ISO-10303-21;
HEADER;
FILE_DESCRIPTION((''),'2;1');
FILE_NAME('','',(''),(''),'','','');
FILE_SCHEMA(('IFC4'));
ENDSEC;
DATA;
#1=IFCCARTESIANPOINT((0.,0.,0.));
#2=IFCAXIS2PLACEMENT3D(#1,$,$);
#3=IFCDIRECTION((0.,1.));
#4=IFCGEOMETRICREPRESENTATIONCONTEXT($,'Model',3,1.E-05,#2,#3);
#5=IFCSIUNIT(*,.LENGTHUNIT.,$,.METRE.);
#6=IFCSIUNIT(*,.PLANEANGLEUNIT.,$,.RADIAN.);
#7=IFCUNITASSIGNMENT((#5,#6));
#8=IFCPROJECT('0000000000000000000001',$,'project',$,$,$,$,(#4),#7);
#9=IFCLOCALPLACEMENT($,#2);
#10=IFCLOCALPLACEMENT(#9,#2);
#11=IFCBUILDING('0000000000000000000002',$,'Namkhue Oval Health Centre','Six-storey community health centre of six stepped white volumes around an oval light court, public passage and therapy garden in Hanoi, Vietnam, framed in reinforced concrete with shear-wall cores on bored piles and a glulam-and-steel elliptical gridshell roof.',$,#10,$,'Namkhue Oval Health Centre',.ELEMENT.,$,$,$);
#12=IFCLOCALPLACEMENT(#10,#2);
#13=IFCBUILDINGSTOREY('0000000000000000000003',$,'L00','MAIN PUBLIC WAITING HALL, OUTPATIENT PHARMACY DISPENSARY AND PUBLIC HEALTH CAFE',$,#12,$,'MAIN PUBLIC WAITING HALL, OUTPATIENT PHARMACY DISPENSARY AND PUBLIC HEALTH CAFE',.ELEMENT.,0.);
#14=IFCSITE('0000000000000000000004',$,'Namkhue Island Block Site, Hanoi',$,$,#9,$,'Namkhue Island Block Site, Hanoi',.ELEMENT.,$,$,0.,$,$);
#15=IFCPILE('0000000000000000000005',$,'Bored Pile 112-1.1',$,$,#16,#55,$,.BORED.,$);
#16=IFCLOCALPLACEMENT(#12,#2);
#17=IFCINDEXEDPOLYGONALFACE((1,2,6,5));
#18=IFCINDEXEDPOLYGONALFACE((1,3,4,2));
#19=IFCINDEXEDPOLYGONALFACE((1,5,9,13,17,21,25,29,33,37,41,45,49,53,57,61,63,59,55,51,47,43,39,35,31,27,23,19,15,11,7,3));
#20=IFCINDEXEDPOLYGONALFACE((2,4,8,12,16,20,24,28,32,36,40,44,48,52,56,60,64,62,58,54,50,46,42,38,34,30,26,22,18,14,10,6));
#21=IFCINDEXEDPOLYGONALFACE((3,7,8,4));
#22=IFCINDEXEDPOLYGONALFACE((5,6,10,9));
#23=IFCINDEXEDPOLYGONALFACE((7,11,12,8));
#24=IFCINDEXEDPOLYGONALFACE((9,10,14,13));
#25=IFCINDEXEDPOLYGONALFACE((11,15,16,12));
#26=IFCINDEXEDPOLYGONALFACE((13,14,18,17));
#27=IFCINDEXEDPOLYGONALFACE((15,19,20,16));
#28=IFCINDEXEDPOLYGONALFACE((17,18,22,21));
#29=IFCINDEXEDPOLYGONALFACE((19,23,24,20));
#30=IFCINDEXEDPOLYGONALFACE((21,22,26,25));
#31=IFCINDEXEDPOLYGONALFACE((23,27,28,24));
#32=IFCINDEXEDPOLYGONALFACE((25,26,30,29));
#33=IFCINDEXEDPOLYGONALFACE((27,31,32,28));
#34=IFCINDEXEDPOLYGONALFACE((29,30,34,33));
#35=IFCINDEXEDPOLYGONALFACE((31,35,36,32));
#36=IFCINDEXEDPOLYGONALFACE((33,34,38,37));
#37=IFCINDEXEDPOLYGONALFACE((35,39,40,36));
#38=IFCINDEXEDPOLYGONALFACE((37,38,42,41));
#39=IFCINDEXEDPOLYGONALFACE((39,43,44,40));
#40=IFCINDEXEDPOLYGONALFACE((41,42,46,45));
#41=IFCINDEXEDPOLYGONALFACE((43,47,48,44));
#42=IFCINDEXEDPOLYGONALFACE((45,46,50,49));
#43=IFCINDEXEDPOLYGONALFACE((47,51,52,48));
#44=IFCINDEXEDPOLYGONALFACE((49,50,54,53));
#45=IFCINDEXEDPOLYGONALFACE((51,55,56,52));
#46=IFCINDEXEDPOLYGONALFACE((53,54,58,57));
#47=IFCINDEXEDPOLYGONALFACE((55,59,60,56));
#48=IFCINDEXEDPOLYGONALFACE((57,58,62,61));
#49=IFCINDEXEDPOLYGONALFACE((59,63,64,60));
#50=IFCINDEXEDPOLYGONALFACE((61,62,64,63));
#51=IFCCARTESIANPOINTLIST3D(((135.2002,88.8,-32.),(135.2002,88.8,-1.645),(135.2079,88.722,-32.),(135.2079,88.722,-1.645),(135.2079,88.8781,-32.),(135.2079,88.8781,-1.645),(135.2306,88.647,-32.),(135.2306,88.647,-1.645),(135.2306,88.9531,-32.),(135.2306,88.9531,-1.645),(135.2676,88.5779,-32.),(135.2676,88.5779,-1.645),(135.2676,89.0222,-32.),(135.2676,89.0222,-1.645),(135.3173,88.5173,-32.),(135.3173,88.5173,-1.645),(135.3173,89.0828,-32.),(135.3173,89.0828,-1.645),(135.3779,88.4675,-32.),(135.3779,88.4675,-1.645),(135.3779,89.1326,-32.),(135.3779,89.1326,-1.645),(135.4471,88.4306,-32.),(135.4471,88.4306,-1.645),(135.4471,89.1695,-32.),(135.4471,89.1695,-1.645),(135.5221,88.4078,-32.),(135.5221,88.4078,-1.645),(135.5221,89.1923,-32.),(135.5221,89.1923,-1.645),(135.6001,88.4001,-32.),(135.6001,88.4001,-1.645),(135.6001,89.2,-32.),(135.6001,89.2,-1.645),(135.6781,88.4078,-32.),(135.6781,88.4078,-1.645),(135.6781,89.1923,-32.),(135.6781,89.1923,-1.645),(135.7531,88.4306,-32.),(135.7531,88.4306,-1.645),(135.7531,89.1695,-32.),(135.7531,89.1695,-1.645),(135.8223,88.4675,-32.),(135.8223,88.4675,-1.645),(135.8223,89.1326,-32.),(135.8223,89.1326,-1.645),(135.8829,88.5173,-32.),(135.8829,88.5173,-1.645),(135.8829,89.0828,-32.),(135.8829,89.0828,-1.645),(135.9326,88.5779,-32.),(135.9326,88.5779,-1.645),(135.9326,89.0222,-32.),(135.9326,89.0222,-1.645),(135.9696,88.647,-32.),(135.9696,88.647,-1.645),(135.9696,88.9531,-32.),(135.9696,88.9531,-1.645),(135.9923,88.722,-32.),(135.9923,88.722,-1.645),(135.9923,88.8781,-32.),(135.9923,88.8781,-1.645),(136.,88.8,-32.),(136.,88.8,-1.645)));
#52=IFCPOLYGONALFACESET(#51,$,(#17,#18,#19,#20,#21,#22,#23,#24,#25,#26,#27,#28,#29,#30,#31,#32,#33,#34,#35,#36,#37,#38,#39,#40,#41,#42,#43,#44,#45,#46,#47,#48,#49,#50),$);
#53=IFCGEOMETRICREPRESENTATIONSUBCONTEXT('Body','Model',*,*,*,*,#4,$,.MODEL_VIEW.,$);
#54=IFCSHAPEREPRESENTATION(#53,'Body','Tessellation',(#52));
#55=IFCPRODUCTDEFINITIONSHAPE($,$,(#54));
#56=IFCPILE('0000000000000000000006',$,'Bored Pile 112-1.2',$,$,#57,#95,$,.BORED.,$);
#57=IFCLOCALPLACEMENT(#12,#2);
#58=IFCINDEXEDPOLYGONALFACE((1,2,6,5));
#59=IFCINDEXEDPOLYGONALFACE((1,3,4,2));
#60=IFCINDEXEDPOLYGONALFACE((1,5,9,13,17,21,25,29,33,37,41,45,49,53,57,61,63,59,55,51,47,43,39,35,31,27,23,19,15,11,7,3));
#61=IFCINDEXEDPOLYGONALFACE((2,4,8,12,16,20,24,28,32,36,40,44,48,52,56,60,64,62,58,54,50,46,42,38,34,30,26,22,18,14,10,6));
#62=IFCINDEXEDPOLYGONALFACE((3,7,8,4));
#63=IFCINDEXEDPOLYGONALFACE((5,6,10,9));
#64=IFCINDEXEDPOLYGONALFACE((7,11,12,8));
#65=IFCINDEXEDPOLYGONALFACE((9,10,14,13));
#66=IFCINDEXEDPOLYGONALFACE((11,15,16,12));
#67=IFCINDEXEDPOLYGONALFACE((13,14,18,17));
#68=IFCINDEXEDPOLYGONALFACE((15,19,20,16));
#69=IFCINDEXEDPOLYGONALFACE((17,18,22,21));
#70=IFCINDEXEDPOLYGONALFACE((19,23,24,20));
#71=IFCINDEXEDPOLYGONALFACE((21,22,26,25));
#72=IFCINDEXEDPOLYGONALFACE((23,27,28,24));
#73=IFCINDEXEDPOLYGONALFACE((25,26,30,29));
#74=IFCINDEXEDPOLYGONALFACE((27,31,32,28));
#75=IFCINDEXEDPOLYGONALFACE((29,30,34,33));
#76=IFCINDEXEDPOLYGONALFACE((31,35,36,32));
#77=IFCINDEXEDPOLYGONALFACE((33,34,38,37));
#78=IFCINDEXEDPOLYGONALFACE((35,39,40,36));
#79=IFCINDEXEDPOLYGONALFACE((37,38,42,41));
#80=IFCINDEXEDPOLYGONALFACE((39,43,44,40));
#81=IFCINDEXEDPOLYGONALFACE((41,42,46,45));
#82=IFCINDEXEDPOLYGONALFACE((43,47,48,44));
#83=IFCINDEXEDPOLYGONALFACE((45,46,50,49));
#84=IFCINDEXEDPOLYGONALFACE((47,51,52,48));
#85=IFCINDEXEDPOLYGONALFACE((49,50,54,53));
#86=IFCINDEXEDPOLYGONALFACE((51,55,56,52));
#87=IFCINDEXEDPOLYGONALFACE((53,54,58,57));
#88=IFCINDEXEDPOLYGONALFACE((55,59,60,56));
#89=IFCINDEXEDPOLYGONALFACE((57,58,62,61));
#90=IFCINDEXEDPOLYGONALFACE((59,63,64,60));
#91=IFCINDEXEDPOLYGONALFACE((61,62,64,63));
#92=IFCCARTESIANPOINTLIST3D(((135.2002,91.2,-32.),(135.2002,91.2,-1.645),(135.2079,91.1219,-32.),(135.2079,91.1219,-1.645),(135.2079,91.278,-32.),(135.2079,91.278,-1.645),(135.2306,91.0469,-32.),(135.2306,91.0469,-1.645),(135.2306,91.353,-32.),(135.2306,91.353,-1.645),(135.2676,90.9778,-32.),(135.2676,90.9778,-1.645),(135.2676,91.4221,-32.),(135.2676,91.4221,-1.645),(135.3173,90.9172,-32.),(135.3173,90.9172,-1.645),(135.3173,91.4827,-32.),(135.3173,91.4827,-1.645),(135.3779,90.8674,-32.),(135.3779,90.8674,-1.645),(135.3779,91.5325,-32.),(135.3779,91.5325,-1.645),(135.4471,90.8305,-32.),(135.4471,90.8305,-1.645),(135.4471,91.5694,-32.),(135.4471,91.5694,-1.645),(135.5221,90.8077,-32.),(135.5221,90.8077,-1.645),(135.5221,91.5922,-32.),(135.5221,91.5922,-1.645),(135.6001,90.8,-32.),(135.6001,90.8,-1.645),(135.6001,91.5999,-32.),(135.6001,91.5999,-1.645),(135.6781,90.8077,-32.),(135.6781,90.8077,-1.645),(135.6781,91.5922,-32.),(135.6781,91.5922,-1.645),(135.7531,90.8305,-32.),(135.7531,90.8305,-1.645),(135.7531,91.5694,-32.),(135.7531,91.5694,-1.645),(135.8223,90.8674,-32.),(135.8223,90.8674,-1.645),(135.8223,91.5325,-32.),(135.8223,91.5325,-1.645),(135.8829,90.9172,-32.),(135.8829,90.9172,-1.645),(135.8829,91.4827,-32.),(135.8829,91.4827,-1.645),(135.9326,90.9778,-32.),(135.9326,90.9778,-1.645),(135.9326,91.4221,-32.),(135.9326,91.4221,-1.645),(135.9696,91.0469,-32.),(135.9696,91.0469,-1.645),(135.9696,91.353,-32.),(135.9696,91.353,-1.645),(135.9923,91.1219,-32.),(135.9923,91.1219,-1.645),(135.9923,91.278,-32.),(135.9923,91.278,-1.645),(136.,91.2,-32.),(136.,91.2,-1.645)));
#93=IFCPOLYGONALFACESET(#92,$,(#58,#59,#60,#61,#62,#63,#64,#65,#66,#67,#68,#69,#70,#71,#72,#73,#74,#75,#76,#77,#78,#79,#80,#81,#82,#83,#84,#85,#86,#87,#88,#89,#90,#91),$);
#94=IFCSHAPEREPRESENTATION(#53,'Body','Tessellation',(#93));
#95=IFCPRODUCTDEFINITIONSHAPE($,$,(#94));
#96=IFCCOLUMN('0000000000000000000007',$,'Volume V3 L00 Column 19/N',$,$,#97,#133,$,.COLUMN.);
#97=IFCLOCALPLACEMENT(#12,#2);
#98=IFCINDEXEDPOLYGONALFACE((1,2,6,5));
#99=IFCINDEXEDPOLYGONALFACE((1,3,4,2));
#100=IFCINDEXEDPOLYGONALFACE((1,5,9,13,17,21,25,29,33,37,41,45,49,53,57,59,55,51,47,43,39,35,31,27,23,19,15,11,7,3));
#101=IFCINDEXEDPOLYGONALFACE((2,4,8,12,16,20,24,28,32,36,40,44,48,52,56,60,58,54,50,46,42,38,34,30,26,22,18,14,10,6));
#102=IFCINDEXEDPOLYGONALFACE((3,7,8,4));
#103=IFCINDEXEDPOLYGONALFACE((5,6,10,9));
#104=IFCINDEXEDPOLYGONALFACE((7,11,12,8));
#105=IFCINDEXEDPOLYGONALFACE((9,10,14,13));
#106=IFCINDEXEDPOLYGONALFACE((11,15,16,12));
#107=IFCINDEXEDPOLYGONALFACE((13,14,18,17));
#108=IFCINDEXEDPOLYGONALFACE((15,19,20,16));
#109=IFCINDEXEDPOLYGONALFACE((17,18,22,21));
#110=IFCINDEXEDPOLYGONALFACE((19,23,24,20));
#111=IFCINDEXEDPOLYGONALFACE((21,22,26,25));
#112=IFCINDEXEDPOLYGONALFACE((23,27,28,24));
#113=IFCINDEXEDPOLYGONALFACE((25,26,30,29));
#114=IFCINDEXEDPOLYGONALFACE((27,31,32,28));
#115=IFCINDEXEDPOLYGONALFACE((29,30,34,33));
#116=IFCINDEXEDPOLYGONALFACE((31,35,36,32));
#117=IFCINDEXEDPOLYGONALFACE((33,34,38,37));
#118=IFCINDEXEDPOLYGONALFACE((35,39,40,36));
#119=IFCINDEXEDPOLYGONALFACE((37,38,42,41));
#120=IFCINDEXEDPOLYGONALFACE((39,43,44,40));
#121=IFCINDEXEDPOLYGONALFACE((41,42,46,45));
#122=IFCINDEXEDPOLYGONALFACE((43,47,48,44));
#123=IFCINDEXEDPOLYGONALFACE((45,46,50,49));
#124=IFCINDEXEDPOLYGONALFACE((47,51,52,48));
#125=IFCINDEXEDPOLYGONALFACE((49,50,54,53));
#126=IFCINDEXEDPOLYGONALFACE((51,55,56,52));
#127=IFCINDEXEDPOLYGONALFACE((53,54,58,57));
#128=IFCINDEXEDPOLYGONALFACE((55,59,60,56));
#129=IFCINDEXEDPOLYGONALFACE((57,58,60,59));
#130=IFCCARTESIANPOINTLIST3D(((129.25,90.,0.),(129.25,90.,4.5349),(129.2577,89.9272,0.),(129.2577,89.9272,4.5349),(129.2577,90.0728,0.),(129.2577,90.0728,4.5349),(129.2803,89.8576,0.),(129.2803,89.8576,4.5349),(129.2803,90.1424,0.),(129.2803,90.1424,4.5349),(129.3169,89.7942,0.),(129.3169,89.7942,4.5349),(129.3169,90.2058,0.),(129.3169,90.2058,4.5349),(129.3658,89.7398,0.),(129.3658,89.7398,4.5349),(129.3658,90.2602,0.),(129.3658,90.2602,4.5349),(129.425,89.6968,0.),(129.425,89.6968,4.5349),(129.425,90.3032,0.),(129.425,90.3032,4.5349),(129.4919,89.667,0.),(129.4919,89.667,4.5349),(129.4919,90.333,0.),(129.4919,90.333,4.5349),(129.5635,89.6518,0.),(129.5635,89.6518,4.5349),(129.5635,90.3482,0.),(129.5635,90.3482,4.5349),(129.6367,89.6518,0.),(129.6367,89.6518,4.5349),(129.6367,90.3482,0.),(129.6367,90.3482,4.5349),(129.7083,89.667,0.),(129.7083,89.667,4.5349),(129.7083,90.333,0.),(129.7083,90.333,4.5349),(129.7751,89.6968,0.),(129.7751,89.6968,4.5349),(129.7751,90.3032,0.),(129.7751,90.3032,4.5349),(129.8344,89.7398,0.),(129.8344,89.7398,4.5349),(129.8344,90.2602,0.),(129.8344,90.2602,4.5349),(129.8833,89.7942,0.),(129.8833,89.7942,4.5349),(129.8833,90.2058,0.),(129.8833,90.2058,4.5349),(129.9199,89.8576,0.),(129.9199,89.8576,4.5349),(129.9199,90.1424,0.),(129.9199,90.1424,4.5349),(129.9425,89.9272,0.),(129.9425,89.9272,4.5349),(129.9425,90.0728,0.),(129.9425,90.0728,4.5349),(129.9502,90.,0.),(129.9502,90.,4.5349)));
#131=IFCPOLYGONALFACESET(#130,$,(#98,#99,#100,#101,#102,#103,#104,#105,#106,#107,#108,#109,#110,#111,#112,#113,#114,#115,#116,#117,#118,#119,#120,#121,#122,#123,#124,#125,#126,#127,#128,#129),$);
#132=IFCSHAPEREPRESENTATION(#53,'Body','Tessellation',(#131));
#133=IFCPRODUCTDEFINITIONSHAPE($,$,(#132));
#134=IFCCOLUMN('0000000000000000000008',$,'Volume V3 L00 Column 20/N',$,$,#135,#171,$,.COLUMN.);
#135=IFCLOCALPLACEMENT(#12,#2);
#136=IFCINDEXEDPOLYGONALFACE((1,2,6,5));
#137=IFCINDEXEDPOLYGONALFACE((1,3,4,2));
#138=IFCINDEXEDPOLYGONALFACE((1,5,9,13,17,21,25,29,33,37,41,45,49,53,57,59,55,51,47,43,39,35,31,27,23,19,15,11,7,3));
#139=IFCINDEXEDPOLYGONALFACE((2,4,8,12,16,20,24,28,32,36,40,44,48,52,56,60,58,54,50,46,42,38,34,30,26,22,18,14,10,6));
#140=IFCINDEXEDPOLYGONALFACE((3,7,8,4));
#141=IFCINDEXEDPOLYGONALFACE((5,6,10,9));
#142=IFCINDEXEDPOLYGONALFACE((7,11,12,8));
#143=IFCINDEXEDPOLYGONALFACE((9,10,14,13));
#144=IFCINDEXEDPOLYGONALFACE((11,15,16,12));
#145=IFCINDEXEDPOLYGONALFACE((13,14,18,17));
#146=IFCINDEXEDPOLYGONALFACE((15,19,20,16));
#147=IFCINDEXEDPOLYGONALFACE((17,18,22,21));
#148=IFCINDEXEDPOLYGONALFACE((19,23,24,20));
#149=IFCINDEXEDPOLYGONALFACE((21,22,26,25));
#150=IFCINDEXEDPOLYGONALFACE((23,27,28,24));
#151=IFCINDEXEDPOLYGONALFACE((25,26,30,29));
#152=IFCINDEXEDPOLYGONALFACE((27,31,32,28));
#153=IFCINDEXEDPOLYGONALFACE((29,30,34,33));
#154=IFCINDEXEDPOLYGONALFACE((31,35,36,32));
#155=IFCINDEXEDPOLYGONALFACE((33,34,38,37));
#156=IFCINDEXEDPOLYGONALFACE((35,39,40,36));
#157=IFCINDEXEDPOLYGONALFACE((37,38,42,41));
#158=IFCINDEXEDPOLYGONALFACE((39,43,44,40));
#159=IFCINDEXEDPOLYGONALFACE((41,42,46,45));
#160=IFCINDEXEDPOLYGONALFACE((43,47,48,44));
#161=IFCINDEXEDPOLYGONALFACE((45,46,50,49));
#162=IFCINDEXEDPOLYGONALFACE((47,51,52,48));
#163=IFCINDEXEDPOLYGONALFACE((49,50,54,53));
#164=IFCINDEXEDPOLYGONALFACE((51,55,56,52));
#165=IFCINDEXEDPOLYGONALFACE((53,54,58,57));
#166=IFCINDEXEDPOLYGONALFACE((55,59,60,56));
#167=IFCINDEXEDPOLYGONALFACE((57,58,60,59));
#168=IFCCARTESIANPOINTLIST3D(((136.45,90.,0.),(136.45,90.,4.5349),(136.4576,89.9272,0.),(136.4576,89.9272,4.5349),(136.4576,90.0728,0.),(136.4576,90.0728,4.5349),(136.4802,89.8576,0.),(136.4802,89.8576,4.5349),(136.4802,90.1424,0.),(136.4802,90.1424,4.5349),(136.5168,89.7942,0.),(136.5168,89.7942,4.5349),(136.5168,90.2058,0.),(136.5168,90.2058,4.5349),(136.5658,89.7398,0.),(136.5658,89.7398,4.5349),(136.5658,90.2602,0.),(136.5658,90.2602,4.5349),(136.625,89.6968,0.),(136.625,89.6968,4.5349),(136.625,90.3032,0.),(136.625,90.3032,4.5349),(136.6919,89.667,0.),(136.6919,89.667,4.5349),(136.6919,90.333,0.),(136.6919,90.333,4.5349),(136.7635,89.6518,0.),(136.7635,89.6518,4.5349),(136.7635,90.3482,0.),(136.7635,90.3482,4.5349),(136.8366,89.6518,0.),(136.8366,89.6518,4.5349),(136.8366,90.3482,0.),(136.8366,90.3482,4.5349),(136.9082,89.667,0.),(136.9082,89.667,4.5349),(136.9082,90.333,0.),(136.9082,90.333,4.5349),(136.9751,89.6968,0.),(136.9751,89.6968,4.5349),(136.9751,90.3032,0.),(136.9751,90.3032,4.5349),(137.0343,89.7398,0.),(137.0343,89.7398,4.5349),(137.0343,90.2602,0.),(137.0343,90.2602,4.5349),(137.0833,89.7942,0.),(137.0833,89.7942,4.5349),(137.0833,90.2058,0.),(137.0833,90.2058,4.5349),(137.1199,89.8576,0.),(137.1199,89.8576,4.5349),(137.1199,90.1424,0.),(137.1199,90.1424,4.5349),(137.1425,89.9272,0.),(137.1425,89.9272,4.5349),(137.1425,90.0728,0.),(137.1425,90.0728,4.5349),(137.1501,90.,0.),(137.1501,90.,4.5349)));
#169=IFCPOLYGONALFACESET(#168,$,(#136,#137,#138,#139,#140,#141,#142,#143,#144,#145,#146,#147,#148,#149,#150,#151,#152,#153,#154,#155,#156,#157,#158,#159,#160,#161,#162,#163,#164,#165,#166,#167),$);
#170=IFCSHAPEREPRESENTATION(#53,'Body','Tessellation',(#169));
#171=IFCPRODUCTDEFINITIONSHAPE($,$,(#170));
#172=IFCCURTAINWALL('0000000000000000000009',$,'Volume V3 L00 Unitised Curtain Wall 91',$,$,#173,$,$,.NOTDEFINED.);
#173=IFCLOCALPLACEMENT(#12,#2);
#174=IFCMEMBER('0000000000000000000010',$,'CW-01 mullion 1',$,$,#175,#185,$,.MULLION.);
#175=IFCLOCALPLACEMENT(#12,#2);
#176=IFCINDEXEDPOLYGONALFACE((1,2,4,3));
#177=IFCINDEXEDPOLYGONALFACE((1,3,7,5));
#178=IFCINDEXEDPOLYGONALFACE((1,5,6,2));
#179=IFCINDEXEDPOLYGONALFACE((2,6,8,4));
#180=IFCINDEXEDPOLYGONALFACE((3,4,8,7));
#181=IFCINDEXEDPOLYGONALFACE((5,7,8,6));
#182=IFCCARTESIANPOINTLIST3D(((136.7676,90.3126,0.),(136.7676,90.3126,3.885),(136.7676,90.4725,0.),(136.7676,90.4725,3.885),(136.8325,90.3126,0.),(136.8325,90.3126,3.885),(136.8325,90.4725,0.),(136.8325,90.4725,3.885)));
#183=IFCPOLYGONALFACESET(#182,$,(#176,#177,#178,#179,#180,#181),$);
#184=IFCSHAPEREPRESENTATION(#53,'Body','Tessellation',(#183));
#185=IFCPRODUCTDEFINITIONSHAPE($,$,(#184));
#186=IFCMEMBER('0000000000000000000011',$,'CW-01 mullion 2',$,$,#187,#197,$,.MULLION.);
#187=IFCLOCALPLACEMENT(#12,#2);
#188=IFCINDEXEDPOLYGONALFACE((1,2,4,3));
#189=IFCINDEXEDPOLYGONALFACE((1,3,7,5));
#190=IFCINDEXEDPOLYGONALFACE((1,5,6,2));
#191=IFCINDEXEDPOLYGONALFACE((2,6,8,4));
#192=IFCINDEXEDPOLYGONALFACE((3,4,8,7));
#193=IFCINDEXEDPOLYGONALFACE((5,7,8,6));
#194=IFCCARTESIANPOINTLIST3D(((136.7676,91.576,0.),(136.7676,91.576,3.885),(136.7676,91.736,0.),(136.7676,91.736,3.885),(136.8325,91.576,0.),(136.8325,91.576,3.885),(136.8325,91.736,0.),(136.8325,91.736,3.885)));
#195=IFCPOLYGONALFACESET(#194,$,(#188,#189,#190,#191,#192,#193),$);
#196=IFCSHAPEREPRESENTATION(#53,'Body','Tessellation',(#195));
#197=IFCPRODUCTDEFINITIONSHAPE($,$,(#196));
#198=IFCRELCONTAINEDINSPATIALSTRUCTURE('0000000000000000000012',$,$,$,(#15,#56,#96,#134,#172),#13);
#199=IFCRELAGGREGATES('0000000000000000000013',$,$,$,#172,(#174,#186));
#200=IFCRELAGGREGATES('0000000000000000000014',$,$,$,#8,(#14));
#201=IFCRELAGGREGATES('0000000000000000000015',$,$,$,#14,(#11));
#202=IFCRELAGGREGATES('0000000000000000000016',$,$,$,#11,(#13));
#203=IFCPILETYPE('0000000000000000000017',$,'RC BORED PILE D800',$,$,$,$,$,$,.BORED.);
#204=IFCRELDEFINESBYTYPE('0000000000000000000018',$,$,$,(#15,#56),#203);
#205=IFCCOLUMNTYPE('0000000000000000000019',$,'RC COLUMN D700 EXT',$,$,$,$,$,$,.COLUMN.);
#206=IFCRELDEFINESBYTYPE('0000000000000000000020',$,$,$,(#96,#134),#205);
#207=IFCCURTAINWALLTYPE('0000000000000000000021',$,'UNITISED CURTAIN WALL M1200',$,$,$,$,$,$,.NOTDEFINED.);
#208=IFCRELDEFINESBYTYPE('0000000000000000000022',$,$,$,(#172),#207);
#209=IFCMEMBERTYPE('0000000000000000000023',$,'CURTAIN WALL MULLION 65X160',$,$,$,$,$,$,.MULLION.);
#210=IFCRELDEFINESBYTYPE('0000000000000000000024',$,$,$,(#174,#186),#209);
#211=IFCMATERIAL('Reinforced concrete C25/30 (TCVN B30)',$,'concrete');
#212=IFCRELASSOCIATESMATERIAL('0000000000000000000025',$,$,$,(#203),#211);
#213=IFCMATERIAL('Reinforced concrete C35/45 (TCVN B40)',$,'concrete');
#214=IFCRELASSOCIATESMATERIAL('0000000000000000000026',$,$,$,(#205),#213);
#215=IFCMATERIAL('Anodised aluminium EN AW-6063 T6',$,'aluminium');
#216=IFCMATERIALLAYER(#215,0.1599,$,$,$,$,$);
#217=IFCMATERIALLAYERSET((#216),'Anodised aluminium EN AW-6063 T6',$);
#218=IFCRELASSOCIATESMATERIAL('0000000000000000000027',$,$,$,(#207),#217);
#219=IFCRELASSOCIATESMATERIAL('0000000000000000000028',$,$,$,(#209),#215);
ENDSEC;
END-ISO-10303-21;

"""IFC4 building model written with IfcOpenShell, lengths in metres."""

from ifc_helpers import new_model, si_unit, direction, frame, origin, origin_2d, place, context, subcontext, project, spatial, rectangle, circle, extrude, material, layer, layer_set, material_profile, profile_set, type_object, element, aggregate, save


model = new_model("IFC4")

# Units and contexts
model_context = context("Model", 3, precision=1e-05, world=origin(), true_north=direction((0.0, 1.0)))
body_context = subcontext(model_context, "Body", "Model", "MODEL_VIEW")
ifc_project = project(units=[si_unit("LENGTHUNIT", "METRE"), si_unit("PLANEANGLEUNIT", "RADIAN")], contexts=[model_context])

# Site, building, storey
site_placement = place(None, origin())
site = spatial("IfcSite", under=ifc_project, at=site_placement, Name="Namkhue Island Block Site, Hanoi", LongName="Namkhue Island Block Site, Hanoi", CompositionType="ELEMENT", RefElevation=0.0)
building_placement = place(site_placement, origin())
building = spatial("IfcBuilding", under=site, at=building_placement, Name="Namkhue Oval Health Centre", Description="Six-storey community health centre of six stepped white volumes around an oval light court, public passage and therapy garden in Hanoi, Vietnam, framed in reinforced concrete with shear-wall cores on bored piles and a glulam-and-steel elliptical gridshell roof.", LongName="Namkhue Oval Health Centre", CompositionType="ELEMENT")
storey_placement = place(building_placement, origin())
storey = spatial("IfcBuildingStorey", under=building, at=storey_placement, Name="L00", Description="MAIN PUBLIC WAITING HALL, OUTPATIENT PHARMACY DISPENSARY AND PUBLIC HEALTH CAFE", LongName="MAIN PUBLIC WAITING HALL, OUTPATIENT PHARMACY DISPENSARY AND PUBLIC HEALTH CAFE", CompositionType="ELEMENT", Elevation=0.0)

# Piles
ifc_material_1 = material(Name="Reinforced concrete C25/30 (TCVN B30)", Category="concrete")
ifc_material_profile_1 = material_profile(ifc_material_1, circle(Radius=0.3999, at=origin_2d()), Name="BORED PILE D800")
ifc_profile_set_1 = profile_set([ifc_material_profile_1], Name="Reinforced concrete C25/30 (TCVN B30)")
pile_type_1 = type_object("IfcPileType", Name="RC BORED PILE D800", PredefinedType="BORED", material=ifc_profile_set_1)
for number, where, z_axis, x_axis, name in (
    (1, (135.6001, 88.8, -1.645), (0.0, 0.0, -1.0), (1.0, 0.0, 0.0), "Bored Pile 112-1.1"),
    (2, (135.6001, 91.2, -1.645), (0.0, 0.0, -1.0), (1.0, 0.0, 0.0), "Bored Pile 112-1.2"),
):
    element("IfcPile", number, at=place(storey_placement, frame(where, z_axis=z_axis, x_axis=x_axis)), inside=storey, type_object=pile_type_1, Name=name, PredefinedType="BORED", context=body_context, shape_type="SweptSolid", body=[
        extrude(circle(Radius=0.3999, at=origin_2d()), origin(), (0.0, 0.0, 1.0), 30.355),
    ])

# Columns
ifc_material_2 = material(Name="Reinforced concrete C35/45 (TCVN B40)", Category="concrete")
ifc_material_profile_2 = material_profile(ifc_material_2, circle(Radius=0.3501, at=origin_2d()), Name="RC D700")
ifc_profile_set_2 = profile_set([ifc_material_profile_2], Name="Reinforced concrete C35/45 (TCVN B40)")
column_type = type_object("IfcColumnType", Name="RC COLUMN D700 EXT", PredefinedType="COLUMN", material=ifc_profile_set_2)
for number, where, z_axis, x_axis, name in (
    (3, (129.6001, 90.0, 0.0), (0.0, 0.0, 1.0), (1.0, 0.0, 0.0), "Volume V3 L00 Column 19/N"),
    (4, (136.8, 90.0, 0.0), (0.0, 0.0, 1.0), (1.0, 0.0, 0.0), "Volume V3 L00 Column 20/N"),
):
    element("IfcColumn", number, at=place(storey_placement, frame(where, z_axis=z_axis, x_axis=x_axis)), inside=storey, type_object=column_type, Name=name, PredefinedType="COLUMN", context=body_context, shape_type="SweptSolid", body=[
        extrude(circle(Radius=0.3501, at=origin_2d()), origin(), (0.0, 0.0, 1.0), 4.5349),
    ])

# Curtain wall, members
ifc_material_3 = material(Name="Anodised aluminium EN AW-6063 T6", Category="aluminium")
ifc_layer_1 = layer(ifc_material_3, 0.1599)
ifc_layer_set_1 = layer_set([ifc_layer_1], Name="Anodised aluminium EN AW-6063 T6")
curtain_wall_type = type_object("IfcCurtainWallType", Name="UNITISED CURTAIN WALL M1200", PredefinedType="NOTDEFINED", material=ifc_layer_set_1)
curtain_wall_placement = place(storey_placement, origin())
curtain_wall = element("IfcCurtainWall", 5, at=curtain_wall_placement, inside=storey, type_object=curtain_wall_type, Name="Volume V3 L00 Unitised Curtain Wall 91", PredefinedType="NOTDEFINED")
ifc_material_profile_3 = material_profile(ifc_material_3, rectangle(XDim=0.0649, YDim=0.1599, at=origin_2d()), Name="ALU 65x160")
ifc_profile_set_3 = profile_set([ifc_material_profile_3], Name="Anodised aluminium EN AW-6063 T6")
member_type_1 = type_object("IfcMemberType", Name="CURTAIN WALL MULLION 65X160", PredefinedType="MULLION", material=ifc_profile_set_3)
member_1_placement = place(storey_placement, frame((136.8, 90.3926, 0.0), z_axis=(0.0, 0.0, 1.0), x_axis=(-1.0, 0.0, 0.0)))
member_1 = element("IfcMember", 6, at=member_1_placement, type_object=member_type_1, Name="CW-01 mullion 1", PredefinedType="MULLION", context=body_context, shape_type="SweptSolid", body=[
    extrude(rectangle(XDim=0.0649, YDim=0.1599, at=origin_2d()), origin(), (0.0, 0.0, 1.0), 3.885),
])
member_2_placement = place(storey_placement, frame((136.8, 91.656, 0.0), z_axis=(0.0, 0.0, 1.0), x_axis=(-1.0, 0.0, 0.0)))
member_2 = element("IfcMember", 7, at=member_2_placement, type_object=member_type_1, Name="CW-01 mullion 2", PredefinedType="MULLION", context=body_context, shape_type="SweptSolid", body=[
    extrude(rectangle(XDim=0.0649, YDim=0.1599, at=origin_2d()), origin(), (0.0, 0.0, 1.0), 3.885),
])

aggregate(curtain_wall, [member_1, member_2])

save(model, "model.ifc")
